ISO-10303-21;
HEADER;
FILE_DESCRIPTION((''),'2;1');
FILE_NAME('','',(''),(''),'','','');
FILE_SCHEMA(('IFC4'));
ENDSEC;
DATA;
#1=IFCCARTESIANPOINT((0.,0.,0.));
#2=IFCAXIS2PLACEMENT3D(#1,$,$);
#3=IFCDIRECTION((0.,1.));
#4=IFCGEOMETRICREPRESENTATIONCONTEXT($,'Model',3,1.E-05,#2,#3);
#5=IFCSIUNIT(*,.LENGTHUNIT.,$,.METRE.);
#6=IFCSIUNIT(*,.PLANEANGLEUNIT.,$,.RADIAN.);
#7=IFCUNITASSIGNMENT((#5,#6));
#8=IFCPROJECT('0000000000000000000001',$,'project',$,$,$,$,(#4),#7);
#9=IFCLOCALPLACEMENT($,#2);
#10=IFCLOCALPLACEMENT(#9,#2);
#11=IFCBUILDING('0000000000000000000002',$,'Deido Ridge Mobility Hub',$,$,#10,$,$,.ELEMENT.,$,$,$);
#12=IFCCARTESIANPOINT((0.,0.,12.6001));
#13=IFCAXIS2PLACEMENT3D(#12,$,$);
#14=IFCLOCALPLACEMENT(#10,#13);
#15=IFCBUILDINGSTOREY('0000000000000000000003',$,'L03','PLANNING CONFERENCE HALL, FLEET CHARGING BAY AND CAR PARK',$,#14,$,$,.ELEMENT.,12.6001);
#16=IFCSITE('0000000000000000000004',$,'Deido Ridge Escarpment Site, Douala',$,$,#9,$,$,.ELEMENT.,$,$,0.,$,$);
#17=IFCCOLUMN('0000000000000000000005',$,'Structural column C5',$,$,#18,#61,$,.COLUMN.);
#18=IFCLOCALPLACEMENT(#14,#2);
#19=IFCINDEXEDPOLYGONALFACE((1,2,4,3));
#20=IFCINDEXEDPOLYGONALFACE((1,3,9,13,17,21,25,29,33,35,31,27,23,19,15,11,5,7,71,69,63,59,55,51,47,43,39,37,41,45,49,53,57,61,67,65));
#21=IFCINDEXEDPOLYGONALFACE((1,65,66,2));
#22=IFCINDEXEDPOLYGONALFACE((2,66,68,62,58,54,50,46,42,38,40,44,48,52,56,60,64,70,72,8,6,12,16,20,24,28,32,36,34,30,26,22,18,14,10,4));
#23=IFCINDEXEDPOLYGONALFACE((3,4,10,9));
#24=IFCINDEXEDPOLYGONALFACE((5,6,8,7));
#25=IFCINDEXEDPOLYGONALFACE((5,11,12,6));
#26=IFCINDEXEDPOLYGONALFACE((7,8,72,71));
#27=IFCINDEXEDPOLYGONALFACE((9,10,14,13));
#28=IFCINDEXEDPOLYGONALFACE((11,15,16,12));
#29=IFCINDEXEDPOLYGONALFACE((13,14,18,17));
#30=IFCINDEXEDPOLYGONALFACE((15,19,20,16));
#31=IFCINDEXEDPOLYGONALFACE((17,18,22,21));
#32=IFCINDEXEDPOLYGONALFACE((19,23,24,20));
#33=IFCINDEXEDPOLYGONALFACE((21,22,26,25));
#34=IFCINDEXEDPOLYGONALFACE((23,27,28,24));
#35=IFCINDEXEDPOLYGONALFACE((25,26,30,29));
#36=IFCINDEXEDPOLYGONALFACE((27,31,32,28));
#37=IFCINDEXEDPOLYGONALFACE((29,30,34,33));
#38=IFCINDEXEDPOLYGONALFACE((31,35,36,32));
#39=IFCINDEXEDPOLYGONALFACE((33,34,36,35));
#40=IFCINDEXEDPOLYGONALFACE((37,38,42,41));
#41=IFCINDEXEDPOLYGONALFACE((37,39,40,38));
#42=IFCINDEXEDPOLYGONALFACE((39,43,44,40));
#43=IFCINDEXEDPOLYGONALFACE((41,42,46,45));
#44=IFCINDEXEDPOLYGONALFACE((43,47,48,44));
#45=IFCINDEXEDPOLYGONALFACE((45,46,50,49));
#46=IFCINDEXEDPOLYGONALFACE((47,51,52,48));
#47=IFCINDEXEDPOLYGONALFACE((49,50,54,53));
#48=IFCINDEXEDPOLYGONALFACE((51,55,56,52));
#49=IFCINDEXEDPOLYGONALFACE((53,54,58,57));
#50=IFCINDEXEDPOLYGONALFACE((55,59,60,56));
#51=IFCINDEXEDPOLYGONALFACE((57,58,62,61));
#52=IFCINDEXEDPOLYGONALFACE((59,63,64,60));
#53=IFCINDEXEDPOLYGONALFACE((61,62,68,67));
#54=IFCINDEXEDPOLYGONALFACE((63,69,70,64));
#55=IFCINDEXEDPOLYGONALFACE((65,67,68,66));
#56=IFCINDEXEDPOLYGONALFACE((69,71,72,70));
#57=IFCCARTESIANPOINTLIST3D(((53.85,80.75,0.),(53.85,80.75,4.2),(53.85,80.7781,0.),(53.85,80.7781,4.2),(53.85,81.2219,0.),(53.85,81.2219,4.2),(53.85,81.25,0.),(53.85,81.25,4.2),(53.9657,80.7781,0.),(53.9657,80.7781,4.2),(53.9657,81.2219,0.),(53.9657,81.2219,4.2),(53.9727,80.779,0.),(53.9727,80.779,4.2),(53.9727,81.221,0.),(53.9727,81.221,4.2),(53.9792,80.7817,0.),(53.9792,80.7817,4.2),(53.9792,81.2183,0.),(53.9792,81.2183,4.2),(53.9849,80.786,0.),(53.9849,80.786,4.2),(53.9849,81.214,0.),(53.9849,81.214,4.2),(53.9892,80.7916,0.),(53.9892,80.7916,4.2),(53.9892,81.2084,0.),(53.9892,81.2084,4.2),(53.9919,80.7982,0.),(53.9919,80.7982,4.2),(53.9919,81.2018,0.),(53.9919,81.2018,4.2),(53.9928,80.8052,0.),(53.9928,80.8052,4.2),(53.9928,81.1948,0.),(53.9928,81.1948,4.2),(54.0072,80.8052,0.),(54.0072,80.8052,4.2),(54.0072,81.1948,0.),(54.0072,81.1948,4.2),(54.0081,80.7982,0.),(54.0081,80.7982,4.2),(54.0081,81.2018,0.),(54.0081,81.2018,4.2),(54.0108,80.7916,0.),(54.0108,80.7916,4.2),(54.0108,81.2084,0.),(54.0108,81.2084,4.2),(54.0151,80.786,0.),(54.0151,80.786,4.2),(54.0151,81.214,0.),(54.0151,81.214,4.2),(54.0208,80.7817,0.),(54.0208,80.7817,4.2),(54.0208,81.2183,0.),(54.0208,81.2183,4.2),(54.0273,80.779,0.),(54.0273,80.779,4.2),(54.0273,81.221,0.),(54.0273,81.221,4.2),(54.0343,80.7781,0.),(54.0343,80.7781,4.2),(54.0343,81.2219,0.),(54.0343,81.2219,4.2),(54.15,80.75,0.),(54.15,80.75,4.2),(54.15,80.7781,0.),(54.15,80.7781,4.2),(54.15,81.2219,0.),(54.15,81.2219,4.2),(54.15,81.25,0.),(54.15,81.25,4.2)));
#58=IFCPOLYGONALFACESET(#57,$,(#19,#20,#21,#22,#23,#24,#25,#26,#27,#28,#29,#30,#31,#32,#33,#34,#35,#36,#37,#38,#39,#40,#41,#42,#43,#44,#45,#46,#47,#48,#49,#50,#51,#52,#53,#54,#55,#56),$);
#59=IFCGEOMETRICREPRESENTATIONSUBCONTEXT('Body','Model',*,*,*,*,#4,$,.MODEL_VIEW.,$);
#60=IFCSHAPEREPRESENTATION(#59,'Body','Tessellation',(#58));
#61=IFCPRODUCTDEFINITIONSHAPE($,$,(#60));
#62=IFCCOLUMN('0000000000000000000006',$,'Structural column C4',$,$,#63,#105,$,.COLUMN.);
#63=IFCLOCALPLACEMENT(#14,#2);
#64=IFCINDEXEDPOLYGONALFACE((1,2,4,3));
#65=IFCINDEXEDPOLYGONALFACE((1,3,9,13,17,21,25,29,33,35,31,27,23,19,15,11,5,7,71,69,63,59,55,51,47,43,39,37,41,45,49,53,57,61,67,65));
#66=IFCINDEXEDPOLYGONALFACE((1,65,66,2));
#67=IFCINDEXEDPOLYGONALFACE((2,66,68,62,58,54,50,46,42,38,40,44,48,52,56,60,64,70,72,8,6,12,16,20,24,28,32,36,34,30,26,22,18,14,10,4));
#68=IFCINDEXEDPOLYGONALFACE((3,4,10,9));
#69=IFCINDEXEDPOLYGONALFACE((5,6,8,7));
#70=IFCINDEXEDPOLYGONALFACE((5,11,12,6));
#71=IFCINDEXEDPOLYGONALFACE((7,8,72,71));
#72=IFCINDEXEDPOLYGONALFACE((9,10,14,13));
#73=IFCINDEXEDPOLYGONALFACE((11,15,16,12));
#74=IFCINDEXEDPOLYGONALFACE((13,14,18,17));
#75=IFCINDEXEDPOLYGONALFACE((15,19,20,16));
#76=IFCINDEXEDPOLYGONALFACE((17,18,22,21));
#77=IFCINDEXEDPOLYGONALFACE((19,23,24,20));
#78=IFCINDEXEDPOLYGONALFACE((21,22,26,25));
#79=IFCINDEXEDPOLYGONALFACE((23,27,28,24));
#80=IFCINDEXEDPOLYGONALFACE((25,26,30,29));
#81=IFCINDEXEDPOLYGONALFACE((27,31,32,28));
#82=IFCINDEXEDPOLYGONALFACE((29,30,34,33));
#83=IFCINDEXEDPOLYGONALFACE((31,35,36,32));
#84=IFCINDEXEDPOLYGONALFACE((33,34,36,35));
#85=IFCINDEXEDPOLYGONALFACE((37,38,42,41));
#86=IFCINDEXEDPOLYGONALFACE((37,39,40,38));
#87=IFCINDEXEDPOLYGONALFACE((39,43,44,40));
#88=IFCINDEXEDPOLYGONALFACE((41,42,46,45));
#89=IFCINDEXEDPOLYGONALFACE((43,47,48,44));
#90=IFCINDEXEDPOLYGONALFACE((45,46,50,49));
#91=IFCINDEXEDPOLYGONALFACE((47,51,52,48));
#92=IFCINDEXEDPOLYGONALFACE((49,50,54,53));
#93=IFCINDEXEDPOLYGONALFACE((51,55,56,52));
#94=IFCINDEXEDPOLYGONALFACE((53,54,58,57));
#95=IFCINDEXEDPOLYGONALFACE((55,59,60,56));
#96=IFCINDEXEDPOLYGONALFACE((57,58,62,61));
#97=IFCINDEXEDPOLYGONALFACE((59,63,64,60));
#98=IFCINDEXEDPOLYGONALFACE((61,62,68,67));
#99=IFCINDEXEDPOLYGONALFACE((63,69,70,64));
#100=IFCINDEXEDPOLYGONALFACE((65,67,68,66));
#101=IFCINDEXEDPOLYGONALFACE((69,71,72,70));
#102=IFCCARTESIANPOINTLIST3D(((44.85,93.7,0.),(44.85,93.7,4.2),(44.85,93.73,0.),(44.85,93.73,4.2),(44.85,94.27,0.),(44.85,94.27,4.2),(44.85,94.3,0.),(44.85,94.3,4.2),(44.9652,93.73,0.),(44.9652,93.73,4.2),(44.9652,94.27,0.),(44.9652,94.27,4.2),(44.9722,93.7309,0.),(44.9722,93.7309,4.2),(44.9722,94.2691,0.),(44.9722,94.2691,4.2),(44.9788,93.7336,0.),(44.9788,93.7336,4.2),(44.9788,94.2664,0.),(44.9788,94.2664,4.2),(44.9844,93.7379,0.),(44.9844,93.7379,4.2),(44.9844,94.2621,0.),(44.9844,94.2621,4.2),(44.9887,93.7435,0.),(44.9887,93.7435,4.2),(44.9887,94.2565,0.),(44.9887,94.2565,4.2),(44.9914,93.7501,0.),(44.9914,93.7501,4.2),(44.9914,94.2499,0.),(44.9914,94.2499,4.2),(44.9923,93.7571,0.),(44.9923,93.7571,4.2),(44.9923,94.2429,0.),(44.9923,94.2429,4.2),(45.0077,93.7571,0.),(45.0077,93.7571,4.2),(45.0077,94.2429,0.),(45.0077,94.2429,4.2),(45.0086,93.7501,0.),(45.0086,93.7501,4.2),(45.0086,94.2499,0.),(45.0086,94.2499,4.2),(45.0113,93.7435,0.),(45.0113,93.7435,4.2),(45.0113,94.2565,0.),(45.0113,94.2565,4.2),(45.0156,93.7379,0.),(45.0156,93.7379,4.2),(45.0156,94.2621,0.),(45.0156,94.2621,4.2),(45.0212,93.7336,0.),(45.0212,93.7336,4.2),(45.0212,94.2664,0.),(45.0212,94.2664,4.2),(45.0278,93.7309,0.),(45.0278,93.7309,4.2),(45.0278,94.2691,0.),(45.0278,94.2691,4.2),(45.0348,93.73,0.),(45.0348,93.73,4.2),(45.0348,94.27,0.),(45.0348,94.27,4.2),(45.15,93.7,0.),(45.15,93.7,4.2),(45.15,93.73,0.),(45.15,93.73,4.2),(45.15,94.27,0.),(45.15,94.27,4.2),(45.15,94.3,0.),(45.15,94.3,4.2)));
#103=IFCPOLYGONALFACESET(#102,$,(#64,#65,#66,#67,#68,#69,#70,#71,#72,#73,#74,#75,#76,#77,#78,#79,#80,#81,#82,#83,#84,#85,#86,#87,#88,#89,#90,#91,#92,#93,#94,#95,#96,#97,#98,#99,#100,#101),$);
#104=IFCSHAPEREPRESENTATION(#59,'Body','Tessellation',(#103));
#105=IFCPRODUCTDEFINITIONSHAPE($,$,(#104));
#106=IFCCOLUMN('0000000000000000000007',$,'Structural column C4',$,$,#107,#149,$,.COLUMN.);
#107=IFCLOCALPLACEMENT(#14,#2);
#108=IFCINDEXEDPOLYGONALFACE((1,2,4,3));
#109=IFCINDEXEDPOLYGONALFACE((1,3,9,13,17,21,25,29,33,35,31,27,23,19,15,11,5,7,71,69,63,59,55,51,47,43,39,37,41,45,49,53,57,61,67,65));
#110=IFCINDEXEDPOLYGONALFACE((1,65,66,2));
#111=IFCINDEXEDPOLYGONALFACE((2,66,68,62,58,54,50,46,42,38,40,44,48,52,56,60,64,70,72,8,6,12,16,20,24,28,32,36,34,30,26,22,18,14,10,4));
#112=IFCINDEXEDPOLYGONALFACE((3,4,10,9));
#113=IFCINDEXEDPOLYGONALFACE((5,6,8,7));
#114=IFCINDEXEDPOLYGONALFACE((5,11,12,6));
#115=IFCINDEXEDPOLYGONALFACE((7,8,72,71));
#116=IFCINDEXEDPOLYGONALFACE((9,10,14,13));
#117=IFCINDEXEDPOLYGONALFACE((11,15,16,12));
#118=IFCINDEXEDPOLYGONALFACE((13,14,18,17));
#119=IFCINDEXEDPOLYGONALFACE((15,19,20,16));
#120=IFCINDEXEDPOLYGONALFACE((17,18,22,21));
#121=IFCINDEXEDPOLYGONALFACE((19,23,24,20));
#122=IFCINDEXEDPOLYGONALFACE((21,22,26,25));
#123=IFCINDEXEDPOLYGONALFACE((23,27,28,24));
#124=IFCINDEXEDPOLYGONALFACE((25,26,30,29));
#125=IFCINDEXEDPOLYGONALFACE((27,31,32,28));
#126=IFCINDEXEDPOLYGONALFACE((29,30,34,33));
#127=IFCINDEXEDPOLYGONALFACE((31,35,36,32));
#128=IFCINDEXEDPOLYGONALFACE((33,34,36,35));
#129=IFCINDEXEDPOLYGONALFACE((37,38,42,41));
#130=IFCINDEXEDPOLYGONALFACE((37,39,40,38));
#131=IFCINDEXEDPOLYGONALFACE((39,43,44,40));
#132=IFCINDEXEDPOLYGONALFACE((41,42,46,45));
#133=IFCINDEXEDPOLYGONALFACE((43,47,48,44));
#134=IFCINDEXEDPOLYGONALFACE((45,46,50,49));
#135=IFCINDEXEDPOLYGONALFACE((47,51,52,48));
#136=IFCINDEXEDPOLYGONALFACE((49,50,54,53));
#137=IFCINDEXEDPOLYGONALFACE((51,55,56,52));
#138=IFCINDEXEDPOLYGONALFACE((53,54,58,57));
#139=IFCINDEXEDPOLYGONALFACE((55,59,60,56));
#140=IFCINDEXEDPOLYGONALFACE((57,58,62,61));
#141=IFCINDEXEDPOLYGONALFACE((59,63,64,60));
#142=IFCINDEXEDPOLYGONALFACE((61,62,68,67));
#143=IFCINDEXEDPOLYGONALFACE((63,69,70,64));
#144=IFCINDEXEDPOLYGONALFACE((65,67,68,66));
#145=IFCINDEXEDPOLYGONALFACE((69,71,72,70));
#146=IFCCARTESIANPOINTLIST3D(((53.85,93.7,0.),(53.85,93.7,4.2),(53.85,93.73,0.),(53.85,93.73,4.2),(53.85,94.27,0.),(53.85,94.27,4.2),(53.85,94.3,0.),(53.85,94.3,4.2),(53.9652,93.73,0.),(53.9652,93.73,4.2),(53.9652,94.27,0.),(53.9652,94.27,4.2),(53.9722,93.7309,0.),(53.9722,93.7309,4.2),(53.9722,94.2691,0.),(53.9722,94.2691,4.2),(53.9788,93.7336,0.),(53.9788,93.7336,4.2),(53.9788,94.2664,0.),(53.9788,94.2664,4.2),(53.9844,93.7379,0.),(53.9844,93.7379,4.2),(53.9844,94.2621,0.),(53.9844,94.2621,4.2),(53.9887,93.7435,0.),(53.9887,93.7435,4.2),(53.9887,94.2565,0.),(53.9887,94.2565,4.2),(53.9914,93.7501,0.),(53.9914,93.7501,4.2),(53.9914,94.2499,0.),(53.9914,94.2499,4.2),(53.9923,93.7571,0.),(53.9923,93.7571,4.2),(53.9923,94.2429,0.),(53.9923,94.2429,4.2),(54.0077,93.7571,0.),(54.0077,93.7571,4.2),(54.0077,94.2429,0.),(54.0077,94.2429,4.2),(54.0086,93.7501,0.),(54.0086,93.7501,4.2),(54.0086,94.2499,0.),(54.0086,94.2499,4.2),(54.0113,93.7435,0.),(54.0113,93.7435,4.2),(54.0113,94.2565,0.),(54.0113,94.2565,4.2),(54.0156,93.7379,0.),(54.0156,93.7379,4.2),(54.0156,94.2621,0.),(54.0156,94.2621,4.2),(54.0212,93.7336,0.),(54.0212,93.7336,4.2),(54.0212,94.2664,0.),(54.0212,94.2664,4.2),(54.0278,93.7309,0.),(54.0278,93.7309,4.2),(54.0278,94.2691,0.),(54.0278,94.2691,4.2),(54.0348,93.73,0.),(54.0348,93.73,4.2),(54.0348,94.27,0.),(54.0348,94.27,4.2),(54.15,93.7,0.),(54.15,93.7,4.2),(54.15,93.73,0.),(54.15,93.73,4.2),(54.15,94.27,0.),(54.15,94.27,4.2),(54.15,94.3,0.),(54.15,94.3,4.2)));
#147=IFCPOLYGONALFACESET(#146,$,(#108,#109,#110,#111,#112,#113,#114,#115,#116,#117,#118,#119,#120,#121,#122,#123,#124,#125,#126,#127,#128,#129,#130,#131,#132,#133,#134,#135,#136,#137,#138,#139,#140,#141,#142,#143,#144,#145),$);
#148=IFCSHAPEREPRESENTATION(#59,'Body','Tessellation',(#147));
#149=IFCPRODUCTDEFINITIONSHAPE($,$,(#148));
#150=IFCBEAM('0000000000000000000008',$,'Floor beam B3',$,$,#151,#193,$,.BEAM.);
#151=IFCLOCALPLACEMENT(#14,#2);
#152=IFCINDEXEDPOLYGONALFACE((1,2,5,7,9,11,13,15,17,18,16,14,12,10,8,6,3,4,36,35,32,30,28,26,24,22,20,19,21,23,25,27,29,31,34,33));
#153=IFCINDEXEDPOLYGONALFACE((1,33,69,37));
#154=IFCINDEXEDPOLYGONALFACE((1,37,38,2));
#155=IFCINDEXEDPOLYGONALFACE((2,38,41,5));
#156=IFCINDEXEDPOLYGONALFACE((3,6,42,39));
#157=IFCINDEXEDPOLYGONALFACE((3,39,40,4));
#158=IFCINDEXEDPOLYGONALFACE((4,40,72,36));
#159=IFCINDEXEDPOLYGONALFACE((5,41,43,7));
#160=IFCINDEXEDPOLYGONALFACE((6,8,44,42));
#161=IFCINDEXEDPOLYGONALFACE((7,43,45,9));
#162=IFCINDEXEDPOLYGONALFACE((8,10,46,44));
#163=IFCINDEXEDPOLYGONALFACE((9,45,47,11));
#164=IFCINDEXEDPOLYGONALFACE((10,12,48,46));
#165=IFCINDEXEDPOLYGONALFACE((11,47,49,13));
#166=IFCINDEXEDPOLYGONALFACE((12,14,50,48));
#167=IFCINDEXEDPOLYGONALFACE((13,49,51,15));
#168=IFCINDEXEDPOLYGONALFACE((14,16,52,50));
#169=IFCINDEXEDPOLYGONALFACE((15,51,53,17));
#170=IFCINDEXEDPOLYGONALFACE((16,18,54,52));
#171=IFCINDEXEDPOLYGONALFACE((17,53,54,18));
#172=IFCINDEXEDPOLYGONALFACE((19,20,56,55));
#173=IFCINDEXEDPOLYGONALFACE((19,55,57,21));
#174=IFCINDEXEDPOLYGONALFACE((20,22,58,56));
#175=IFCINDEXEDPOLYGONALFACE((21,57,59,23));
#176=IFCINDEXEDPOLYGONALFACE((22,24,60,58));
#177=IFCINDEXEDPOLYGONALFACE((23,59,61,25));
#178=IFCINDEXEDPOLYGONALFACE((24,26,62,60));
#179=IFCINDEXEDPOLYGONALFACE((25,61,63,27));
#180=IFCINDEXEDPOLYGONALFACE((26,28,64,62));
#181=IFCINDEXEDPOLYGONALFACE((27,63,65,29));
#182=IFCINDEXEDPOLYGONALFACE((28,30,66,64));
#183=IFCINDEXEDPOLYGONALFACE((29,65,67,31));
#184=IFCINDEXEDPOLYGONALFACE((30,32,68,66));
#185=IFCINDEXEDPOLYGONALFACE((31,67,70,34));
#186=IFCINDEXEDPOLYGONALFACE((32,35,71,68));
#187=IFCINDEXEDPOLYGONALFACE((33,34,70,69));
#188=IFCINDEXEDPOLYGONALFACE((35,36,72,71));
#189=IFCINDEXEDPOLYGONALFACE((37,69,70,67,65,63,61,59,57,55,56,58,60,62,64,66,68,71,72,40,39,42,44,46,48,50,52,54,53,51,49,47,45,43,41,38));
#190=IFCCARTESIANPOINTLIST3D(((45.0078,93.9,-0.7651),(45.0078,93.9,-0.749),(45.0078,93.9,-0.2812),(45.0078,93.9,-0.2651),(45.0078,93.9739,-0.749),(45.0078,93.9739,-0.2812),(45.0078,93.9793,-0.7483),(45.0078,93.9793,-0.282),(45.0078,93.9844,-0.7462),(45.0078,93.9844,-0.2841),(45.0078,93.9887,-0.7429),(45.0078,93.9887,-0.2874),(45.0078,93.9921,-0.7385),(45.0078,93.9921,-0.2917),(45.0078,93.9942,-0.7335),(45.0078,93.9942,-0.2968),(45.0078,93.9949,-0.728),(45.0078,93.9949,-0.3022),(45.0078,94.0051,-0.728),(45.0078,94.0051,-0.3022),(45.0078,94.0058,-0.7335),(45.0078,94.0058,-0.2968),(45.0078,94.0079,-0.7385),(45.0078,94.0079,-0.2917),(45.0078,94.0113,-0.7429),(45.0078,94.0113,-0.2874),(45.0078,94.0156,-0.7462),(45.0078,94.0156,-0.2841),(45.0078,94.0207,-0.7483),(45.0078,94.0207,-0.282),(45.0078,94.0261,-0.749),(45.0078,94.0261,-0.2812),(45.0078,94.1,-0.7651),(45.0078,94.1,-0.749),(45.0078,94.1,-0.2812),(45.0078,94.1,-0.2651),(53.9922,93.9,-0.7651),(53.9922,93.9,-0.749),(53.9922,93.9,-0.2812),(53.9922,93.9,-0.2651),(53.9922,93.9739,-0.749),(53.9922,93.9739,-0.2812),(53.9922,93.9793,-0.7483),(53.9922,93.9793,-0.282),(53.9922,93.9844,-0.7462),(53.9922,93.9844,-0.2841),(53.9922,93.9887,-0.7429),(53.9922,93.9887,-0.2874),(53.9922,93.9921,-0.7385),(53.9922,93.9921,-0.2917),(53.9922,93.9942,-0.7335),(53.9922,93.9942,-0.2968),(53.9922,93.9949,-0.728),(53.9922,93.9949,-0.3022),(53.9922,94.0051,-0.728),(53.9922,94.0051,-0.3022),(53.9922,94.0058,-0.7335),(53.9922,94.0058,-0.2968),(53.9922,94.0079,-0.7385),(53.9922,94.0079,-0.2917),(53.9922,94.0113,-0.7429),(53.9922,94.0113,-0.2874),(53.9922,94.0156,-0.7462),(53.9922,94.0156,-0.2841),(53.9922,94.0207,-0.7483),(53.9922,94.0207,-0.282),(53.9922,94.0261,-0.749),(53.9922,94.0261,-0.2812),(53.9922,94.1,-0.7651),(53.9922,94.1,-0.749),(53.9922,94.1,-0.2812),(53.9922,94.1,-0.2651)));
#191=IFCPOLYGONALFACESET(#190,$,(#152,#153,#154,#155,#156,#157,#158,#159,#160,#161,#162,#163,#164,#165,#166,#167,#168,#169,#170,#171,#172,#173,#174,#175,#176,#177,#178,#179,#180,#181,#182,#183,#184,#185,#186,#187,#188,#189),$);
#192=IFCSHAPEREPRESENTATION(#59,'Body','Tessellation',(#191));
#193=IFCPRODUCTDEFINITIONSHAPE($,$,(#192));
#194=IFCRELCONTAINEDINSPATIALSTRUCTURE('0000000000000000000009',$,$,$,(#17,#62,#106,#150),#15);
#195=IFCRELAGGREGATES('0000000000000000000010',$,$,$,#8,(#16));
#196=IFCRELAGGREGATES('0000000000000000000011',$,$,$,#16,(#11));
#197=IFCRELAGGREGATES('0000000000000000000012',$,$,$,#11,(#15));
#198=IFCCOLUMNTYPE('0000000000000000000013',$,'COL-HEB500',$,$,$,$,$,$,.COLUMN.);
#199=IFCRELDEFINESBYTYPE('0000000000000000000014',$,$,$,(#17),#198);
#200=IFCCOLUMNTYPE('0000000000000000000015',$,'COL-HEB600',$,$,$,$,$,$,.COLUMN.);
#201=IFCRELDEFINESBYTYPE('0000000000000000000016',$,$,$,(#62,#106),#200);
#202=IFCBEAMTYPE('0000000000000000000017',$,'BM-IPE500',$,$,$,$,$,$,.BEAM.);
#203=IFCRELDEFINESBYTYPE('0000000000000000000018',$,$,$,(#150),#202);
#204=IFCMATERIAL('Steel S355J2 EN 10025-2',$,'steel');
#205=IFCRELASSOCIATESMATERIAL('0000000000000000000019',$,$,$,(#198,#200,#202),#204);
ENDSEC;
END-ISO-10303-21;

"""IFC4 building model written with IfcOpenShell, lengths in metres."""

from ifc_helpers import new_model, si_unit, direction, frame, origin, origin_2d, place, context, subcontext, project, spatial, i_section, extrude, material, material_profile, profile_set, type_object, element, save


model = new_model("IFC4")

# Units and contexts
model_context = context("Model", 3, precision=1e-05, world=origin(), true_north=direction((0.0, 1.0)))
body_context = subcontext(model_context, "Body", "Model", "MODEL_VIEW")
ifc_project = project(units=[si_unit("LENGTHUNIT", "METRE"), si_unit("PLANEANGLEUNIT", "RADIAN")], contexts=[model_context])

# Site, building, storey
site_placement = place(None, origin())
site = spatial("IfcSite", under=ifc_project, at=site_placement, Name="Deido Ridge Escarpment Site, Douala", CompositionType="ELEMENT", RefElevation=0.0)
building_placement = place(site_placement, origin())
building = spatial("IfcBuilding", under=site, at=building_placement, Name="Deido Ridge Mobility Hub", CompositionType="ELEMENT")
storey_placement = place(building_placement, frame((0.0, 0.0, 12.6001)))
storey = spatial("IfcBuildingStorey", under=building, at=storey_placement, Name="L03", Description="PLANNING CONFERENCE HALL, FLEET CHARGING BAY AND CAR PARK", CompositionType="ELEMENT", Elevation=12.6001)

# Columns
ifc_material_1 = material(Name="Steel S355J2 EN 10025-2", Category="steel")
ifc_material_profile_1 = material_profile(ifc_material_1, i_section(OverallWidth=0.3, OverallDepth=0.5, WebThickness=0.0144, FlangeThickness=0.0281, FilletRadius=0.0271, at=origin_2d()), Name="HEB 500")
ifc_profile_set_1 = profile_set([ifc_material_profile_1], Name="Steel S355J2 EN 10025-2")
column_type_1 = type_object("IfcColumnType", Name="COL-HEB500", PredefinedType="COLUMN", material=ifc_profile_set_1)
column_placement = place(storey_placement, frame((54.0, 81.0, 0.0), z_axis=(0.0, 0.0, 1.0), x_axis=(1.0, 0.0, 0.0)))
element("IfcColumn", 1, at=column_placement, inside=storey, type_object=column_type_1, Name="Structural column C5", PredefinedType="COLUMN", context=body_context, shape_type="SweptSolid", body=[
    extrude(i_section(OverallWidth=0.3, OverallDepth=0.5, WebThickness=0.0144, FlangeThickness=0.0281, FilletRadius=0.0271, at=origin_2d()), origin(), (0.0, 0.0, 1.0), 4.2),
])
ifc_material_profile_2 = material_profile(ifc_material_1, i_section(OverallWidth=0.3, OverallDepth=0.6001, WebThickness=0.0154, FlangeThickness=0.03, FilletRadius=0.0271, at=origin_2d()), Name="HEB 600")
ifc_profile_set_2 = profile_set([ifc_material_profile_2], Name="Steel S355J2 EN 10025-2")
column_type_2 = type_object("IfcColumnType", Name="COL-HEB600", PredefinedType="COLUMN", material=ifc_profile_set_2)
for number, where, z_axis, x_axis, name in (
    (2, (45.0, 94.0, 0.0), (0.0, 0.0, 1.0), (1.0, 0.0, 0.0), "Structural column C4"),
    (3, (54.0, 94.0, 0.0), (0.0, 0.0, 1.0), (1.0, 0.0, 0.0), "Structural column C4"),
):
    element("IfcColumn", number, at=place(storey_placement, frame(where, z_axis=z_axis, x_axis=x_axis)), inside=storey, type_object=column_type_2, Name=name, PredefinedType="COLUMN", context=body_context, shape_type="SweptSolid", body=[
        extrude(i_section(OverallWidth=0.3, OverallDepth=0.6001, WebThickness=0.0154, FlangeThickness=0.03, FilletRadius=0.0271, at=origin_2d()), origin(), (0.0, 0.0, 1.0), 4.2),
    ])

# Beam
ifc_material_profile_3 = material_profile(ifc_material_1, i_section(OverallWidth=0.2, OverallDepth=0.5, WebThickness=0.0103, FlangeThickness=0.0161, FilletRadius=0.021, at=origin_2d()), Name="IPE 500")
ifc_profile_set_3 = profile_set([ifc_material_profile_3], Name="Steel S355J2 EN 10025-2")
beam_type_1 = type_object("IfcBeamType", Name="BM-IPE500", PredefinedType="BEAM", material=ifc_profile_set_3)
for number, where, z_axis, x_axis, name in (
    (4, (45.0078, 94.0, -0.5151), (1.0, 0.0, 0.0), (0.0, 1.0, 0.0), "Floor beam B3"),
):
    element("IfcBeam", number, at=place(storey_placement, frame(where, z_axis=z_axis, x_axis=x_axis)), inside=storey, type_object=beam_type_1, Name=name, PredefinedType="BEAM", context=body_context, shape_type="SweptSolid", body=[
        extrude(i_section(OverallWidth=0.2, OverallDepth=0.5, WebThickness=0.0103, FlangeThickness=0.0161, FilletRadius=0.021, at=origin_2d()), origin(), (0.0, 0.0, 1.0), 8.9844),
    ])

save(model, "model.ifc")
